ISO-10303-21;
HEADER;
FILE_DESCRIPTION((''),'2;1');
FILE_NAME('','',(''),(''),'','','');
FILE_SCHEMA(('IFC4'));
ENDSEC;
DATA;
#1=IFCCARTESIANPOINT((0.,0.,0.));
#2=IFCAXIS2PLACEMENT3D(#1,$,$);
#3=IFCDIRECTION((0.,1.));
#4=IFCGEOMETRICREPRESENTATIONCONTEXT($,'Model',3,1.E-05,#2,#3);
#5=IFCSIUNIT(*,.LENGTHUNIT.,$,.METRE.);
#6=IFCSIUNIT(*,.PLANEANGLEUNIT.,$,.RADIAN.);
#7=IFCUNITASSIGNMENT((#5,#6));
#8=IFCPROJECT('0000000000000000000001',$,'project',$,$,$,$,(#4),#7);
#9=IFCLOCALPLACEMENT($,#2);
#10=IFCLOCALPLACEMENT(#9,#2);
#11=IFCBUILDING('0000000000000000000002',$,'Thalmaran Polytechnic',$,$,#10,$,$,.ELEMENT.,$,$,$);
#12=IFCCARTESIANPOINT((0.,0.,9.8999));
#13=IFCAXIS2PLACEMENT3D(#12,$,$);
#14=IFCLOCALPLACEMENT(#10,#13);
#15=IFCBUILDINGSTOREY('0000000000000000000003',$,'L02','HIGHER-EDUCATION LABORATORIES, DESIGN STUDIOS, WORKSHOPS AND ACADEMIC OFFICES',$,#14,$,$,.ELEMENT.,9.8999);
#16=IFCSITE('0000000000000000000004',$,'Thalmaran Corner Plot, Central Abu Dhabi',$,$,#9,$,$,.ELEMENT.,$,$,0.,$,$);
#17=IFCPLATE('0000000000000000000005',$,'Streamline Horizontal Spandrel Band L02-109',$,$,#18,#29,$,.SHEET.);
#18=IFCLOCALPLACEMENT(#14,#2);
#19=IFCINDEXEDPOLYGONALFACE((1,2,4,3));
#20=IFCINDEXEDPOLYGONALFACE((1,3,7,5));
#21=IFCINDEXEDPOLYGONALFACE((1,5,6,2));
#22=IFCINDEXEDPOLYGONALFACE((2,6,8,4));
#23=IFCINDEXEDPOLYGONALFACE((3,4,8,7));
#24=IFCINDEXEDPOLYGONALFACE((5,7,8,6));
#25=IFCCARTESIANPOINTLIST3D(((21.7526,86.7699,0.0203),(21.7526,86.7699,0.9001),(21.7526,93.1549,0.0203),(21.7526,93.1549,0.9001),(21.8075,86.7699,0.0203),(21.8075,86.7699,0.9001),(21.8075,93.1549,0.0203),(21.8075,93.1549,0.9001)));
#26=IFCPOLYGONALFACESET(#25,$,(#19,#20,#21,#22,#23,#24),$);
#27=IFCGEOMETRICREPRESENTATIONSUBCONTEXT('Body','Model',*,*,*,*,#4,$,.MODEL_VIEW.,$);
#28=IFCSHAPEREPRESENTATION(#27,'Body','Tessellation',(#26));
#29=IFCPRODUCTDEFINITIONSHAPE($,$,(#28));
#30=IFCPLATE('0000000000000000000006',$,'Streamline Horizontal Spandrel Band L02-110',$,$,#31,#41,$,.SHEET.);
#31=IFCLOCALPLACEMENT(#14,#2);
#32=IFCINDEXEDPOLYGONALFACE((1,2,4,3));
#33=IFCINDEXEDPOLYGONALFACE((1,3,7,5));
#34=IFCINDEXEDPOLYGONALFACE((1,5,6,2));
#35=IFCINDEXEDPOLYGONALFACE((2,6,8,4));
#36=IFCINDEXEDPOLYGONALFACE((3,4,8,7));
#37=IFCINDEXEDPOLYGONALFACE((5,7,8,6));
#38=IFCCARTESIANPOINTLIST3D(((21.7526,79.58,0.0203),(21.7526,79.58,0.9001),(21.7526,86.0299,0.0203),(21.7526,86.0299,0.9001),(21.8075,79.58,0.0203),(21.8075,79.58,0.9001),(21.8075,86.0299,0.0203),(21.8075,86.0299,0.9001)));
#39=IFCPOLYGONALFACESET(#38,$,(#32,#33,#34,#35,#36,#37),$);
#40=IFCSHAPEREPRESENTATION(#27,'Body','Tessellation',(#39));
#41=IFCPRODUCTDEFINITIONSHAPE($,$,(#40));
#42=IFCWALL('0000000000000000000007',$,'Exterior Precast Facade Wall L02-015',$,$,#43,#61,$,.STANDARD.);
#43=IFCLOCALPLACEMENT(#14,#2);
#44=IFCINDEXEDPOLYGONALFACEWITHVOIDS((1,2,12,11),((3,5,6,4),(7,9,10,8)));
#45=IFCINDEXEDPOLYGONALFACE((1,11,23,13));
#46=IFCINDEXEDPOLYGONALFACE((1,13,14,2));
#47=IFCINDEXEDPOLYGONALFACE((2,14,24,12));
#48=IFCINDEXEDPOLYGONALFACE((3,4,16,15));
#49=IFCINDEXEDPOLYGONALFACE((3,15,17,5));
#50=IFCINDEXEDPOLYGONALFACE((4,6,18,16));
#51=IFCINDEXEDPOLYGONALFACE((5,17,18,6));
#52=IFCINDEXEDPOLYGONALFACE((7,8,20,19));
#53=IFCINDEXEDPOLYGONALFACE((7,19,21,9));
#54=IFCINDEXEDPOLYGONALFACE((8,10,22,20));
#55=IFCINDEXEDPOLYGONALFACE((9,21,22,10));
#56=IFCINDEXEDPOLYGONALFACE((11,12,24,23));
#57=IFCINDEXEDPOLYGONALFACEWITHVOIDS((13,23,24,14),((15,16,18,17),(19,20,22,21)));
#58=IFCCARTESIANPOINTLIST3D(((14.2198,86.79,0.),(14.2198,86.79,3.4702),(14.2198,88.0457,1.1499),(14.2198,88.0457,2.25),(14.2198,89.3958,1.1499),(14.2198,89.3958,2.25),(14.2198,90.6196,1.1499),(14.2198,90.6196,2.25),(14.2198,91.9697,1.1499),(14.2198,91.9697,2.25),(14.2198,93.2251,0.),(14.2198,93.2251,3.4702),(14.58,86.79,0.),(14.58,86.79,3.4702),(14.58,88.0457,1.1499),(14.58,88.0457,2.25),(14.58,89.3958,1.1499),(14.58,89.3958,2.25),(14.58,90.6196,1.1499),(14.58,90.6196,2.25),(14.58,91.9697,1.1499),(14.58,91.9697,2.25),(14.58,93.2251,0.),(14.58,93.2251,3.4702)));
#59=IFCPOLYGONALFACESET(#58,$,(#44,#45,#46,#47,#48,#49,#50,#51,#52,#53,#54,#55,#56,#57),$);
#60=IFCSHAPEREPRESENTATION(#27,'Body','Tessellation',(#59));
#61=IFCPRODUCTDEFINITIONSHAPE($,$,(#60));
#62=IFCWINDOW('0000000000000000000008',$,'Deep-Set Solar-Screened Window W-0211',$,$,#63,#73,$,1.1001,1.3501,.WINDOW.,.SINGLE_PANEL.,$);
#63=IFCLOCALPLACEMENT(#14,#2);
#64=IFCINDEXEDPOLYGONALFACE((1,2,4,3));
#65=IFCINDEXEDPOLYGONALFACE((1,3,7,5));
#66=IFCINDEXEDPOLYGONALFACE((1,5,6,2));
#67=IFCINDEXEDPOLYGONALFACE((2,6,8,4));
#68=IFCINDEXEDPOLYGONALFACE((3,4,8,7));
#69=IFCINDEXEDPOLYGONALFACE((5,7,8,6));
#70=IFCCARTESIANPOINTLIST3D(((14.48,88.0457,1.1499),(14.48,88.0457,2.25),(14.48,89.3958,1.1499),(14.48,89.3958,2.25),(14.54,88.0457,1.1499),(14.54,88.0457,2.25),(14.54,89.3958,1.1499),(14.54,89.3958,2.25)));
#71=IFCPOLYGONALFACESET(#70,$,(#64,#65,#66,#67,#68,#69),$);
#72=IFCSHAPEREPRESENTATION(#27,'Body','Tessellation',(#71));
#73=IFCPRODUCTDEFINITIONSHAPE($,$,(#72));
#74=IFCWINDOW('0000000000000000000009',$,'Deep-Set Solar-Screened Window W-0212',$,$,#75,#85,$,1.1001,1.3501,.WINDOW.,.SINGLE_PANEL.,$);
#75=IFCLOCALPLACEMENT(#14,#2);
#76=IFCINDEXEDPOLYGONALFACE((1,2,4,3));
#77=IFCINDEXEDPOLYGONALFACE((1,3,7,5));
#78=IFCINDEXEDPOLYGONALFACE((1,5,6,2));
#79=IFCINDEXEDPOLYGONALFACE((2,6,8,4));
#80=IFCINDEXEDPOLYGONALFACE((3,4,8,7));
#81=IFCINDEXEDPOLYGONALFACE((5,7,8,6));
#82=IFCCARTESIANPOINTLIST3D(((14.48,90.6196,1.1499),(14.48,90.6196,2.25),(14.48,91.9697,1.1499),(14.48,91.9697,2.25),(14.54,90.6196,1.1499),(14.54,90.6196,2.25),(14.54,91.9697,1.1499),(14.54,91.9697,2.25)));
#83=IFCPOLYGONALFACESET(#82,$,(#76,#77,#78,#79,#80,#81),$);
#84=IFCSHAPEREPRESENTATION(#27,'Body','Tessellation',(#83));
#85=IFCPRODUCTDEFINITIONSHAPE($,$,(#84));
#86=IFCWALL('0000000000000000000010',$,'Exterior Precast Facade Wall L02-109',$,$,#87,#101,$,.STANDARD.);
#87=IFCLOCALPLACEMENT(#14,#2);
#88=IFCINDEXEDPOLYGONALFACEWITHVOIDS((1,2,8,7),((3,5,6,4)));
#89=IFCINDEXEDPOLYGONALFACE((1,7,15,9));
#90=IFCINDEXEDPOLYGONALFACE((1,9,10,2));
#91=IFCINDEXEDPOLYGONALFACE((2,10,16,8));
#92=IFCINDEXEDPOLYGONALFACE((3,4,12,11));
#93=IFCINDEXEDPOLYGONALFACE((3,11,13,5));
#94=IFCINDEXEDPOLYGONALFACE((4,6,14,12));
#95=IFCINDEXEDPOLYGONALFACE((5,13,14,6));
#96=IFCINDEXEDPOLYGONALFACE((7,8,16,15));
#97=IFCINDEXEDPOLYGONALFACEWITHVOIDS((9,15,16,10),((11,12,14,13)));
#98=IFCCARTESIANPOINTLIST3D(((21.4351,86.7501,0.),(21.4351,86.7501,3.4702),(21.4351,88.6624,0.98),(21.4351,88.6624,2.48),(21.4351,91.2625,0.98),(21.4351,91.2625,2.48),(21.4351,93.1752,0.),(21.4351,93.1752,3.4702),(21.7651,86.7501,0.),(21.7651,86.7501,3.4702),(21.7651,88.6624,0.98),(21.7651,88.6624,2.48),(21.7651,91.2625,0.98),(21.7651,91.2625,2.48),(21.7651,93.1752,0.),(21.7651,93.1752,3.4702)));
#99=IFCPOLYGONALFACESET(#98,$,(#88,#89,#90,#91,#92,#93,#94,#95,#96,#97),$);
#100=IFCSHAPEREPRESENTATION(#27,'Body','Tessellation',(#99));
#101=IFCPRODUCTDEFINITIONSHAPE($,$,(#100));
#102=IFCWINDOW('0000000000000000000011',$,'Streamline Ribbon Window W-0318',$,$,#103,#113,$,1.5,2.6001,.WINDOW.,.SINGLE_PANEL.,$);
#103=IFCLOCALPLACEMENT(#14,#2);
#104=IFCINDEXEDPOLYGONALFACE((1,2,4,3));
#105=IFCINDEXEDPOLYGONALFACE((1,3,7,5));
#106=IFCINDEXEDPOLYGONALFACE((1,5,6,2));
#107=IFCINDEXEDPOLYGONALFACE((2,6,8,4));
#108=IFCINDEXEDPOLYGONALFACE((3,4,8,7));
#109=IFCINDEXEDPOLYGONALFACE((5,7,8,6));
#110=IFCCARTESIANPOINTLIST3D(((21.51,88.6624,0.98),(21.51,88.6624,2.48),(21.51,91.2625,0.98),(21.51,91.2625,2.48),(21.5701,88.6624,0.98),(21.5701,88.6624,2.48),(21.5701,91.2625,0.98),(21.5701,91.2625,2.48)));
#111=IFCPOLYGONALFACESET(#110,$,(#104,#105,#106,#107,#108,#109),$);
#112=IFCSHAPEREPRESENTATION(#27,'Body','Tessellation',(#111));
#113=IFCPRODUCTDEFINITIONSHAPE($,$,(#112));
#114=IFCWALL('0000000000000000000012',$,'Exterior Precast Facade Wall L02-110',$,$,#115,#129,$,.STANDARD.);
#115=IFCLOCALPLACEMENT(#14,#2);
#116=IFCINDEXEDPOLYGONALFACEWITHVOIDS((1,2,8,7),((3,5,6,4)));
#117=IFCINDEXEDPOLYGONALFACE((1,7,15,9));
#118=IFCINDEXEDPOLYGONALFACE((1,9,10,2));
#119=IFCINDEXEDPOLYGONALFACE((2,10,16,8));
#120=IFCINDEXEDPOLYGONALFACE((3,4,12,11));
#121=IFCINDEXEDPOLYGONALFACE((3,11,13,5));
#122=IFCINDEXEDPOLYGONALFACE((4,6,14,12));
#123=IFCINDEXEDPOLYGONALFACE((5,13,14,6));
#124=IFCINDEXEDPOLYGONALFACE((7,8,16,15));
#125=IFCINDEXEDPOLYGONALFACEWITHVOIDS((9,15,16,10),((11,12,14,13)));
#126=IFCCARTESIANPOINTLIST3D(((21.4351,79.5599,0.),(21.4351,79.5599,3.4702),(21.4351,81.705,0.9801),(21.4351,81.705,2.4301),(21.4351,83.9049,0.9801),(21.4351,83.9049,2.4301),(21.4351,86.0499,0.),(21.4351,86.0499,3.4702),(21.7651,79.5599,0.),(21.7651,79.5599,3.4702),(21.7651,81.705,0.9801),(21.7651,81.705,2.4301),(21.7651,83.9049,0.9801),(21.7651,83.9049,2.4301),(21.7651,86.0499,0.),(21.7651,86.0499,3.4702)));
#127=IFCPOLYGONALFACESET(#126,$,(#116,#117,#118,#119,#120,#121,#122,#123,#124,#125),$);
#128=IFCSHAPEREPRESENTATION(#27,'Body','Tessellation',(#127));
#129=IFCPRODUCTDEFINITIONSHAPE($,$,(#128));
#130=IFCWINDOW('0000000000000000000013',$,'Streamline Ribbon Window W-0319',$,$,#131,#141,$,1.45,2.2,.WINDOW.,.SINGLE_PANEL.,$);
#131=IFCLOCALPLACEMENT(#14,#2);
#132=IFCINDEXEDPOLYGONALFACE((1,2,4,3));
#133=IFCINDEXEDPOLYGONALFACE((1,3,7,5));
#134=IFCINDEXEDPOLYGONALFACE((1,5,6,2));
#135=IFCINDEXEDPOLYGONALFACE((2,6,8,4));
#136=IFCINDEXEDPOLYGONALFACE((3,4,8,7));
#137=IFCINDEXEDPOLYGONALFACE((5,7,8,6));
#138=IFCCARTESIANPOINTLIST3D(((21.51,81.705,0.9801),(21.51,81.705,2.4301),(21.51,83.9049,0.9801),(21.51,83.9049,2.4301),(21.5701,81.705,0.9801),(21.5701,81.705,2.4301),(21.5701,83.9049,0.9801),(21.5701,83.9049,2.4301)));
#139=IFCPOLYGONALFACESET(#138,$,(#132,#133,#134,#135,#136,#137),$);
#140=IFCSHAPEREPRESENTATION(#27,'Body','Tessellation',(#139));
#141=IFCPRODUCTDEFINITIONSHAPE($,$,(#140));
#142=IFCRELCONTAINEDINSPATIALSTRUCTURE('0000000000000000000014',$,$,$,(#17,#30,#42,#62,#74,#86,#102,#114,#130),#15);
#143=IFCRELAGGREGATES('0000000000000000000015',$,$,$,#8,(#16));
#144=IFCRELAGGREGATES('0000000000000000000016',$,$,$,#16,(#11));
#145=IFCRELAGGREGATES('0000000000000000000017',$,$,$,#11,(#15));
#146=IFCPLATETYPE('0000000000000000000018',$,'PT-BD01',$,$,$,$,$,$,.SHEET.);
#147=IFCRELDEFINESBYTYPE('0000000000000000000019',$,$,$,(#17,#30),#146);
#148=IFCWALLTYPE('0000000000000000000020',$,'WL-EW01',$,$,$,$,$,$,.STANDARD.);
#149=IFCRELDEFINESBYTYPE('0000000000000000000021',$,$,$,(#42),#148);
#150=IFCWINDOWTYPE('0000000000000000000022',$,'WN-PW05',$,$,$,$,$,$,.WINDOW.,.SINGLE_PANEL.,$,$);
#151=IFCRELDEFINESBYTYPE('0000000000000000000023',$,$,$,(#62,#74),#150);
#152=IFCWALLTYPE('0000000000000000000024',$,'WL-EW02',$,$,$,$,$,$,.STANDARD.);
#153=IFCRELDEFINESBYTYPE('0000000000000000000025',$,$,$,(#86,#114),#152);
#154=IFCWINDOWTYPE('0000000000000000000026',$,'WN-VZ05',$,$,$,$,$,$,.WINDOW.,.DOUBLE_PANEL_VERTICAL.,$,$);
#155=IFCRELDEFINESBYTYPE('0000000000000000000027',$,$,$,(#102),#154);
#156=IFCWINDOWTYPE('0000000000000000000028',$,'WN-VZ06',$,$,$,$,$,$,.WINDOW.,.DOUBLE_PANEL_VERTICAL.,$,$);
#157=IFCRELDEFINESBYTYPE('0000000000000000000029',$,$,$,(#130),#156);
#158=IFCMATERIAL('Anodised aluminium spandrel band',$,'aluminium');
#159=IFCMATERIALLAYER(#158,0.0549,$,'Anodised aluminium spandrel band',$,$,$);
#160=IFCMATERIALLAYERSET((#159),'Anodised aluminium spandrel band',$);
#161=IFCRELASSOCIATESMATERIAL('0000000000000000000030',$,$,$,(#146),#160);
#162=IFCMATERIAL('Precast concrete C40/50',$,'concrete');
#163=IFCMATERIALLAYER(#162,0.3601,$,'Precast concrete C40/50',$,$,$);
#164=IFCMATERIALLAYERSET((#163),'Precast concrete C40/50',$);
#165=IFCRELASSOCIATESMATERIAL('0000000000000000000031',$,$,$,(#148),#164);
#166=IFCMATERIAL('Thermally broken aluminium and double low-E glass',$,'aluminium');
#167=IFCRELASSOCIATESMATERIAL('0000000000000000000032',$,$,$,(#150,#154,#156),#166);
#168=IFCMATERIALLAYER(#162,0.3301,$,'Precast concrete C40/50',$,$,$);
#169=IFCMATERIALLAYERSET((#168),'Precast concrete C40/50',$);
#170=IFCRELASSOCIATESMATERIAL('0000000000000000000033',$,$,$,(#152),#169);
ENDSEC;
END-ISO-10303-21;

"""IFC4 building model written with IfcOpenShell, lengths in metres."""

from ifc_helpers import new_model, si_unit, direction, frame, frame_2d, origin, origin_2d, place, context, subcontext, project, spatial, rectangle, extrude, material, layer, layer_set, type_object, element, fill, save


model = new_model("IFC4")

# Units and contexts
model_context = context("Model", 3, precision=1e-05, world=origin(), true_north=direction((0.0, 1.0)))
body_context = subcontext(model_context, "Body", "Model", "MODEL_VIEW")
ifc_project = project(units=[si_unit("LENGTHUNIT", "METRE"), si_unit("PLANEANGLEUNIT", "RADIAN")], contexts=[model_context])

# Site, building, storey
site_placement = place(None, origin())
site = spatial("IfcSite", under=ifc_project, at=site_placement, Name="Thalmaran Corner Plot, Central Abu Dhabi", CompositionType="ELEMENT", RefElevation=0.0)
building_placement = place(site_placement, origin())
building = spatial("IfcBuilding", under=site, at=building_placement, Name="Thalmaran Polytechnic", CompositionType="ELEMENT")
storey_placement = place(building_placement, frame((0.0, 0.0, 9.8999)))
storey = spatial("IfcBuildingStorey", under=building, at=storey_placement, Name="L02", Description="HIGHER-EDUCATION LABORATORIES, DESIGN STUDIOS, WORKSHOPS AND ACADEMIC OFFICES", CompositionType="ELEMENT", Elevation=9.8999)

# Plates
ifc_material_1 = material(Name="Anodised aluminium spandrel band", Category="aluminium")
ifc_layer_1 = layer(ifc_material_1, 0.0549, Name="Anodised aluminium spandrel band")
ifc_layer_set_1 = layer_set([ifc_layer_1], Name="Anodised aluminium spandrel band")
plate_type = type_object("IfcPlateType", Name="PT-BD01", PredefinedType="SHEET", material=ifc_layer_set_1)
plate_1_placement = place(storey_placement, frame((21.78, 89.9624, 0.0203), z_axis=(0.0, 0.0, 1.0), x_axis=(0.0, -1.0, 0.0)))
element("IfcPlate", 1, at=plate_1_placement, inside=storey, type_object=plate_type, Name="Streamline Horizontal Spandrel Band L02-109", PredefinedType="SHEET", context=body_context, shape_type="SweptSolid", body=[
    extrude(rectangle(XDim=6.385, YDim=0.0549, at=origin_2d()), origin(), (0.0, 0.0, 1.0), 0.8799),
])
plate_2_placement = place(storey_placement, frame((21.78, 82.8049, 0.0203), z_axis=(0.0, 0.0, 1.0), x_axis=(0.0, -1.0, 0.0)))
element("IfcPlate", 2, at=plate_2_placement, inside=storey, type_object=plate_type, Name="Streamline Horizontal Spandrel Band L02-110", PredefinedType="SHEET", context=body_context, shape_type="SweptSolid", body=[
    extrude(rectangle(XDim=6.45, YDim=0.0549, at=origin_2d()), origin(), (0.0, 0.0, 1.0), 0.8799),
])

# Wall, openings, windows
ifc_material_2 = material(Name="Precast concrete C40/50", Category="concrete")
ifc_layer_2 = layer(ifc_material_2, 0.3601, Name="Precast concrete C40/50")
ifc_layer_set_2 = layer_set([ifc_layer_2], Name="Precast concrete C40/50")
wall_type_1 = type_object("IfcWallType", Name="WL-EW01", PredefinedType="STANDARD", material=ifc_layer_set_2)
wall_1_placement = place(storey_placement, frame((14.3999, 86.79, 0.0), z_axis=(0.0, 0.0, 1.0), x_axis=(0.0, 1.0, 0.0)))
wall_1 = element("IfcWall", 3, at=wall_1_placement, inside=storey, type_object=wall_type_1, Name="Exterior Precast Facade Wall L02-015", PredefinedType="STANDARD", context=body_context, shape_type="SweptSolid", body=[
    extrude(rectangle(XDim=6.4351, YDim=0.3601, at=frame_2d((3.2175, 0.0))), origin(), (0.0, 0.0, 1.0), 3.4702),
])
opening_1_placement = place(wall_1_placement, frame((1.2556, 0.0, 1.1499)))
opening_1 = element("IfcOpeningElement", 4, at=opening_1_placement, cuts=wall_1, PredefinedType="OPENING", context=body_context, shape_type="SweptSolid", body=[
    extrude(rectangle(XDim=1.3501, YDim=1.1001, at=frame_2d((0.675, 0.55))), frame((0.0, 0.1899, 0.0), z_axis=(0.0, -1.0, 0.0), x_axis=(1.0, 0.0, 0.0)), (0.0, 0.0, 1.0), 0.3801),
])
opening_2_placement = place(wall_1_placement, frame((3.8296, 0.0, 1.1499)))
opening_2 = element("IfcOpeningElement", 5, at=opening_2_placement, cuts=wall_1, PredefinedType="OPENING", context=body_context, shape_type="SweptSolid", body=[
    extrude(rectangle(XDim=1.3501, YDim=1.1001, at=frame_2d((0.675, 0.55))), frame((0.0, 0.1899, 0.0), z_axis=(0.0, -1.0, 0.0), x_axis=(1.0, 0.0, 0.0)), (0.0, 0.0, 1.0), 0.3801),
])
ifc_material_3 = material(Name="Thermally broken aluminium and double low-E glass", Category="aluminium")
window_type_1 = type_object("IfcWindowType", Name="WN-PW05", PartitioningType="SINGLE_PANEL", PredefinedType="WINDOW", material=ifc_material_3)
window_1_placement = place(opening_1_placement, origin())
window_1 = element("IfcWindow", 6, at=window_1_placement, inside=storey, type_object=window_type_1, Name="Deep-Set Solar-Screened Window W-0211", OverallHeight=1.1001, OverallWidth=1.3501, PartitioningType="SINGLE_PANEL", PredefinedType="WINDOW", context=body_context, shape_type="SweptSolid", body=[
    extrude(rectangle(XDim=1.3501, YDim=1.1001, at=frame_2d((0.675, 0.55))), frame((0.0, -0.0801, 0.0), z_axis=(0.0, -1.0, 0.0), x_axis=(1.0, 0.0, 0.0)), (0.0, 0.0, 1.0), 0.0601),
])
fill(opening_1, window_1)
window_2_placement = place(opening_2_placement, origin())
window_2 = element("IfcWindow", 7, at=window_2_placement, inside=storey, type_object=window_type_1, Name="Deep-Set Solar-Screened Window W-0212", OverallHeight=1.1001, OverallWidth=1.3501, PartitioningType="SINGLE_PANEL", PredefinedType="WINDOW", context=body_context, shape_type="SweptSolid", body=[
    extrude(rectangle(XDim=1.3501, YDim=1.1001, at=frame_2d((0.675, 0.55))), frame((0.0, -0.0801, 0.0), z_axis=(0.0, -1.0, 0.0), x_axis=(1.0, 0.0, 0.0)), (0.0, 0.0, 1.0), 0.0601),
])
fill(opening_2, window_2)

# Walls, openings, windows
ifc_layer_3 = layer(ifc_material_2, 0.3301, Name="Precast concrete C40/50")
ifc_layer_set_3 = layer_set([ifc_layer_3], Name="Precast concrete C40/50")
wall_type_2 = type_object("IfcWallType", Name="WL-EW02", PredefinedType="STANDARD", material=ifc_layer_set_3)
wall_2_placement = place(storey_placement, frame((21.6001, 93.175, 0.0), z_axis=(0.0, 0.0, 1.0), x_axis=(0.0, -1.0, 0.0)))
wall_2 = element("IfcWall", 8, at=wall_2_placement, inside=storey, type_object=wall_type_2, Name="Exterior Precast Facade Wall L02-109", PredefinedType="STANDARD", context=body_context, shape_type="SweptSolid", body=[
    extrude(rectangle(XDim=6.425, YDim=0.3301, at=frame_2d((3.2124, 0.0))), origin(), (0.0, 0.0, 1.0), 3.4702),
])
opening_3_placement = place(wall_2_placement, frame((1.9126, 0.0, 0.98)))
opening_3 = element("IfcOpeningElement", 9, at=opening_3_placement, cuts=wall_2, PredefinedType="OPENING", context=body_context, shape_type="SweptSolid", body=[
    extrude(rectangle(XDim=2.6001, YDim=1.5, at=frame_2d((1.3, 0.75))), frame((0.0, 0.175, 0.0), z_axis=(0.0, -1.0, 0.0), x_axis=(1.0, 0.0, 0.0)), (0.0, 0.0, 1.0), 0.3501),
])
window_type_2 = type_object("IfcWindowType", Name="WN-VZ05", PartitioningType="DOUBLE_PANEL_VERTICAL", PredefinedType="WINDOW", material=ifc_material_3)
window_3_placement = place(opening_3_placement, origin())
window_3 = element("IfcWindow", 10, at=window_3_placement, inside=storey, type_object=window_type_2, Name="Streamline Ribbon Window W-0318", OverallHeight=1.5, OverallWidth=2.6001, PartitioningType="SINGLE_PANEL", PredefinedType="WINDOW", context=body_context, shape_type="SweptSolid", body=[
    extrude(rectangle(XDim=2.6001, YDim=1.5, at=frame_2d((1.3, 0.75))), frame((0.0, -0.03, 0.0), z_axis=(0.0, -1.0, 0.0), x_axis=(1.0, 0.0, 0.0)), (0.0, 0.0, 1.0), 0.0601),
])
fill(opening_3, window_3)
wall_3_placement = place(storey_placement, frame((21.6001, 86.05, 0.0), z_axis=(0.0, 0.0, 1.0), x_axis=(0.0, -1.0, 0.0)))
wall_3 = element("IfcWall", 11, at=wall_3_placement, inside=storey, type_object=wall_type_2, Name="Exterior Precast Facade Wall L02-110", PredefinedType="STANDARD", context=body_context, shape_type="SweptSolid", body=[
    extrude(rectangle(XDim=6.49, YDim=0.3301, at=frame_2d((3.2451, 0.0))), origin(), (0.0, 0.0, 1.0), 3.4702),
])
opening_4_placement = place(wall_3_placement, frame((2.145, 0.0, 0.98)))
opening_4 = element("IfcOpeningElement", 12, at=opening_4_placement, cuts=wall_3, PredefinedType="OPENING", context=body_context, shape_type="SweptSolid", body=[
    extrude(rectangle(XDim=2.2, YDim=1.45, at=frame_2d((1.1001, 0.7251))), frame((0.0, 0.175, 0.0), z_axis=(0.0, -1.0, 0.0), x_axis=(1.0, 0.0, 0.0)), (0.0, 0.0, 1.0), 0.3501),
])
window_type_3 = type_object("IfcWindowType", Name="WN-VZ06", PartitioningType="DOUBLE_PANEL_VERTICAL", PredefinedType="WINDOW", material=ifc_material_3)
window_4_placement = place(opening_4_placement, origin())
window_4 = element("IfcWindow", 13, at=window_4_placement, inside=storey, type_object=window_type_3, Name="Streamline Ribbon Window W-0319", OverallHeight=1.45, OverallWidth=2.2, PartitioningType="SINGLE_PANEL", PredefinedType="WINDOW", context=body_context, shape_type="SweptSolid", body=[
    extrude(rectangle(XDim=2.2, YDim=1.45, at=frame_2d((1.1001, 0.7251))), frame((0.0, -0.03, 0.0), z_axis=(0.0, -1.0, 0.0), x_axis=(1.0, 0.0, 0.0)), (0.0, 0.0, 1.0), 0.0601),
])
fill(opening_4, window_4)

save(model, "model.ifc")
